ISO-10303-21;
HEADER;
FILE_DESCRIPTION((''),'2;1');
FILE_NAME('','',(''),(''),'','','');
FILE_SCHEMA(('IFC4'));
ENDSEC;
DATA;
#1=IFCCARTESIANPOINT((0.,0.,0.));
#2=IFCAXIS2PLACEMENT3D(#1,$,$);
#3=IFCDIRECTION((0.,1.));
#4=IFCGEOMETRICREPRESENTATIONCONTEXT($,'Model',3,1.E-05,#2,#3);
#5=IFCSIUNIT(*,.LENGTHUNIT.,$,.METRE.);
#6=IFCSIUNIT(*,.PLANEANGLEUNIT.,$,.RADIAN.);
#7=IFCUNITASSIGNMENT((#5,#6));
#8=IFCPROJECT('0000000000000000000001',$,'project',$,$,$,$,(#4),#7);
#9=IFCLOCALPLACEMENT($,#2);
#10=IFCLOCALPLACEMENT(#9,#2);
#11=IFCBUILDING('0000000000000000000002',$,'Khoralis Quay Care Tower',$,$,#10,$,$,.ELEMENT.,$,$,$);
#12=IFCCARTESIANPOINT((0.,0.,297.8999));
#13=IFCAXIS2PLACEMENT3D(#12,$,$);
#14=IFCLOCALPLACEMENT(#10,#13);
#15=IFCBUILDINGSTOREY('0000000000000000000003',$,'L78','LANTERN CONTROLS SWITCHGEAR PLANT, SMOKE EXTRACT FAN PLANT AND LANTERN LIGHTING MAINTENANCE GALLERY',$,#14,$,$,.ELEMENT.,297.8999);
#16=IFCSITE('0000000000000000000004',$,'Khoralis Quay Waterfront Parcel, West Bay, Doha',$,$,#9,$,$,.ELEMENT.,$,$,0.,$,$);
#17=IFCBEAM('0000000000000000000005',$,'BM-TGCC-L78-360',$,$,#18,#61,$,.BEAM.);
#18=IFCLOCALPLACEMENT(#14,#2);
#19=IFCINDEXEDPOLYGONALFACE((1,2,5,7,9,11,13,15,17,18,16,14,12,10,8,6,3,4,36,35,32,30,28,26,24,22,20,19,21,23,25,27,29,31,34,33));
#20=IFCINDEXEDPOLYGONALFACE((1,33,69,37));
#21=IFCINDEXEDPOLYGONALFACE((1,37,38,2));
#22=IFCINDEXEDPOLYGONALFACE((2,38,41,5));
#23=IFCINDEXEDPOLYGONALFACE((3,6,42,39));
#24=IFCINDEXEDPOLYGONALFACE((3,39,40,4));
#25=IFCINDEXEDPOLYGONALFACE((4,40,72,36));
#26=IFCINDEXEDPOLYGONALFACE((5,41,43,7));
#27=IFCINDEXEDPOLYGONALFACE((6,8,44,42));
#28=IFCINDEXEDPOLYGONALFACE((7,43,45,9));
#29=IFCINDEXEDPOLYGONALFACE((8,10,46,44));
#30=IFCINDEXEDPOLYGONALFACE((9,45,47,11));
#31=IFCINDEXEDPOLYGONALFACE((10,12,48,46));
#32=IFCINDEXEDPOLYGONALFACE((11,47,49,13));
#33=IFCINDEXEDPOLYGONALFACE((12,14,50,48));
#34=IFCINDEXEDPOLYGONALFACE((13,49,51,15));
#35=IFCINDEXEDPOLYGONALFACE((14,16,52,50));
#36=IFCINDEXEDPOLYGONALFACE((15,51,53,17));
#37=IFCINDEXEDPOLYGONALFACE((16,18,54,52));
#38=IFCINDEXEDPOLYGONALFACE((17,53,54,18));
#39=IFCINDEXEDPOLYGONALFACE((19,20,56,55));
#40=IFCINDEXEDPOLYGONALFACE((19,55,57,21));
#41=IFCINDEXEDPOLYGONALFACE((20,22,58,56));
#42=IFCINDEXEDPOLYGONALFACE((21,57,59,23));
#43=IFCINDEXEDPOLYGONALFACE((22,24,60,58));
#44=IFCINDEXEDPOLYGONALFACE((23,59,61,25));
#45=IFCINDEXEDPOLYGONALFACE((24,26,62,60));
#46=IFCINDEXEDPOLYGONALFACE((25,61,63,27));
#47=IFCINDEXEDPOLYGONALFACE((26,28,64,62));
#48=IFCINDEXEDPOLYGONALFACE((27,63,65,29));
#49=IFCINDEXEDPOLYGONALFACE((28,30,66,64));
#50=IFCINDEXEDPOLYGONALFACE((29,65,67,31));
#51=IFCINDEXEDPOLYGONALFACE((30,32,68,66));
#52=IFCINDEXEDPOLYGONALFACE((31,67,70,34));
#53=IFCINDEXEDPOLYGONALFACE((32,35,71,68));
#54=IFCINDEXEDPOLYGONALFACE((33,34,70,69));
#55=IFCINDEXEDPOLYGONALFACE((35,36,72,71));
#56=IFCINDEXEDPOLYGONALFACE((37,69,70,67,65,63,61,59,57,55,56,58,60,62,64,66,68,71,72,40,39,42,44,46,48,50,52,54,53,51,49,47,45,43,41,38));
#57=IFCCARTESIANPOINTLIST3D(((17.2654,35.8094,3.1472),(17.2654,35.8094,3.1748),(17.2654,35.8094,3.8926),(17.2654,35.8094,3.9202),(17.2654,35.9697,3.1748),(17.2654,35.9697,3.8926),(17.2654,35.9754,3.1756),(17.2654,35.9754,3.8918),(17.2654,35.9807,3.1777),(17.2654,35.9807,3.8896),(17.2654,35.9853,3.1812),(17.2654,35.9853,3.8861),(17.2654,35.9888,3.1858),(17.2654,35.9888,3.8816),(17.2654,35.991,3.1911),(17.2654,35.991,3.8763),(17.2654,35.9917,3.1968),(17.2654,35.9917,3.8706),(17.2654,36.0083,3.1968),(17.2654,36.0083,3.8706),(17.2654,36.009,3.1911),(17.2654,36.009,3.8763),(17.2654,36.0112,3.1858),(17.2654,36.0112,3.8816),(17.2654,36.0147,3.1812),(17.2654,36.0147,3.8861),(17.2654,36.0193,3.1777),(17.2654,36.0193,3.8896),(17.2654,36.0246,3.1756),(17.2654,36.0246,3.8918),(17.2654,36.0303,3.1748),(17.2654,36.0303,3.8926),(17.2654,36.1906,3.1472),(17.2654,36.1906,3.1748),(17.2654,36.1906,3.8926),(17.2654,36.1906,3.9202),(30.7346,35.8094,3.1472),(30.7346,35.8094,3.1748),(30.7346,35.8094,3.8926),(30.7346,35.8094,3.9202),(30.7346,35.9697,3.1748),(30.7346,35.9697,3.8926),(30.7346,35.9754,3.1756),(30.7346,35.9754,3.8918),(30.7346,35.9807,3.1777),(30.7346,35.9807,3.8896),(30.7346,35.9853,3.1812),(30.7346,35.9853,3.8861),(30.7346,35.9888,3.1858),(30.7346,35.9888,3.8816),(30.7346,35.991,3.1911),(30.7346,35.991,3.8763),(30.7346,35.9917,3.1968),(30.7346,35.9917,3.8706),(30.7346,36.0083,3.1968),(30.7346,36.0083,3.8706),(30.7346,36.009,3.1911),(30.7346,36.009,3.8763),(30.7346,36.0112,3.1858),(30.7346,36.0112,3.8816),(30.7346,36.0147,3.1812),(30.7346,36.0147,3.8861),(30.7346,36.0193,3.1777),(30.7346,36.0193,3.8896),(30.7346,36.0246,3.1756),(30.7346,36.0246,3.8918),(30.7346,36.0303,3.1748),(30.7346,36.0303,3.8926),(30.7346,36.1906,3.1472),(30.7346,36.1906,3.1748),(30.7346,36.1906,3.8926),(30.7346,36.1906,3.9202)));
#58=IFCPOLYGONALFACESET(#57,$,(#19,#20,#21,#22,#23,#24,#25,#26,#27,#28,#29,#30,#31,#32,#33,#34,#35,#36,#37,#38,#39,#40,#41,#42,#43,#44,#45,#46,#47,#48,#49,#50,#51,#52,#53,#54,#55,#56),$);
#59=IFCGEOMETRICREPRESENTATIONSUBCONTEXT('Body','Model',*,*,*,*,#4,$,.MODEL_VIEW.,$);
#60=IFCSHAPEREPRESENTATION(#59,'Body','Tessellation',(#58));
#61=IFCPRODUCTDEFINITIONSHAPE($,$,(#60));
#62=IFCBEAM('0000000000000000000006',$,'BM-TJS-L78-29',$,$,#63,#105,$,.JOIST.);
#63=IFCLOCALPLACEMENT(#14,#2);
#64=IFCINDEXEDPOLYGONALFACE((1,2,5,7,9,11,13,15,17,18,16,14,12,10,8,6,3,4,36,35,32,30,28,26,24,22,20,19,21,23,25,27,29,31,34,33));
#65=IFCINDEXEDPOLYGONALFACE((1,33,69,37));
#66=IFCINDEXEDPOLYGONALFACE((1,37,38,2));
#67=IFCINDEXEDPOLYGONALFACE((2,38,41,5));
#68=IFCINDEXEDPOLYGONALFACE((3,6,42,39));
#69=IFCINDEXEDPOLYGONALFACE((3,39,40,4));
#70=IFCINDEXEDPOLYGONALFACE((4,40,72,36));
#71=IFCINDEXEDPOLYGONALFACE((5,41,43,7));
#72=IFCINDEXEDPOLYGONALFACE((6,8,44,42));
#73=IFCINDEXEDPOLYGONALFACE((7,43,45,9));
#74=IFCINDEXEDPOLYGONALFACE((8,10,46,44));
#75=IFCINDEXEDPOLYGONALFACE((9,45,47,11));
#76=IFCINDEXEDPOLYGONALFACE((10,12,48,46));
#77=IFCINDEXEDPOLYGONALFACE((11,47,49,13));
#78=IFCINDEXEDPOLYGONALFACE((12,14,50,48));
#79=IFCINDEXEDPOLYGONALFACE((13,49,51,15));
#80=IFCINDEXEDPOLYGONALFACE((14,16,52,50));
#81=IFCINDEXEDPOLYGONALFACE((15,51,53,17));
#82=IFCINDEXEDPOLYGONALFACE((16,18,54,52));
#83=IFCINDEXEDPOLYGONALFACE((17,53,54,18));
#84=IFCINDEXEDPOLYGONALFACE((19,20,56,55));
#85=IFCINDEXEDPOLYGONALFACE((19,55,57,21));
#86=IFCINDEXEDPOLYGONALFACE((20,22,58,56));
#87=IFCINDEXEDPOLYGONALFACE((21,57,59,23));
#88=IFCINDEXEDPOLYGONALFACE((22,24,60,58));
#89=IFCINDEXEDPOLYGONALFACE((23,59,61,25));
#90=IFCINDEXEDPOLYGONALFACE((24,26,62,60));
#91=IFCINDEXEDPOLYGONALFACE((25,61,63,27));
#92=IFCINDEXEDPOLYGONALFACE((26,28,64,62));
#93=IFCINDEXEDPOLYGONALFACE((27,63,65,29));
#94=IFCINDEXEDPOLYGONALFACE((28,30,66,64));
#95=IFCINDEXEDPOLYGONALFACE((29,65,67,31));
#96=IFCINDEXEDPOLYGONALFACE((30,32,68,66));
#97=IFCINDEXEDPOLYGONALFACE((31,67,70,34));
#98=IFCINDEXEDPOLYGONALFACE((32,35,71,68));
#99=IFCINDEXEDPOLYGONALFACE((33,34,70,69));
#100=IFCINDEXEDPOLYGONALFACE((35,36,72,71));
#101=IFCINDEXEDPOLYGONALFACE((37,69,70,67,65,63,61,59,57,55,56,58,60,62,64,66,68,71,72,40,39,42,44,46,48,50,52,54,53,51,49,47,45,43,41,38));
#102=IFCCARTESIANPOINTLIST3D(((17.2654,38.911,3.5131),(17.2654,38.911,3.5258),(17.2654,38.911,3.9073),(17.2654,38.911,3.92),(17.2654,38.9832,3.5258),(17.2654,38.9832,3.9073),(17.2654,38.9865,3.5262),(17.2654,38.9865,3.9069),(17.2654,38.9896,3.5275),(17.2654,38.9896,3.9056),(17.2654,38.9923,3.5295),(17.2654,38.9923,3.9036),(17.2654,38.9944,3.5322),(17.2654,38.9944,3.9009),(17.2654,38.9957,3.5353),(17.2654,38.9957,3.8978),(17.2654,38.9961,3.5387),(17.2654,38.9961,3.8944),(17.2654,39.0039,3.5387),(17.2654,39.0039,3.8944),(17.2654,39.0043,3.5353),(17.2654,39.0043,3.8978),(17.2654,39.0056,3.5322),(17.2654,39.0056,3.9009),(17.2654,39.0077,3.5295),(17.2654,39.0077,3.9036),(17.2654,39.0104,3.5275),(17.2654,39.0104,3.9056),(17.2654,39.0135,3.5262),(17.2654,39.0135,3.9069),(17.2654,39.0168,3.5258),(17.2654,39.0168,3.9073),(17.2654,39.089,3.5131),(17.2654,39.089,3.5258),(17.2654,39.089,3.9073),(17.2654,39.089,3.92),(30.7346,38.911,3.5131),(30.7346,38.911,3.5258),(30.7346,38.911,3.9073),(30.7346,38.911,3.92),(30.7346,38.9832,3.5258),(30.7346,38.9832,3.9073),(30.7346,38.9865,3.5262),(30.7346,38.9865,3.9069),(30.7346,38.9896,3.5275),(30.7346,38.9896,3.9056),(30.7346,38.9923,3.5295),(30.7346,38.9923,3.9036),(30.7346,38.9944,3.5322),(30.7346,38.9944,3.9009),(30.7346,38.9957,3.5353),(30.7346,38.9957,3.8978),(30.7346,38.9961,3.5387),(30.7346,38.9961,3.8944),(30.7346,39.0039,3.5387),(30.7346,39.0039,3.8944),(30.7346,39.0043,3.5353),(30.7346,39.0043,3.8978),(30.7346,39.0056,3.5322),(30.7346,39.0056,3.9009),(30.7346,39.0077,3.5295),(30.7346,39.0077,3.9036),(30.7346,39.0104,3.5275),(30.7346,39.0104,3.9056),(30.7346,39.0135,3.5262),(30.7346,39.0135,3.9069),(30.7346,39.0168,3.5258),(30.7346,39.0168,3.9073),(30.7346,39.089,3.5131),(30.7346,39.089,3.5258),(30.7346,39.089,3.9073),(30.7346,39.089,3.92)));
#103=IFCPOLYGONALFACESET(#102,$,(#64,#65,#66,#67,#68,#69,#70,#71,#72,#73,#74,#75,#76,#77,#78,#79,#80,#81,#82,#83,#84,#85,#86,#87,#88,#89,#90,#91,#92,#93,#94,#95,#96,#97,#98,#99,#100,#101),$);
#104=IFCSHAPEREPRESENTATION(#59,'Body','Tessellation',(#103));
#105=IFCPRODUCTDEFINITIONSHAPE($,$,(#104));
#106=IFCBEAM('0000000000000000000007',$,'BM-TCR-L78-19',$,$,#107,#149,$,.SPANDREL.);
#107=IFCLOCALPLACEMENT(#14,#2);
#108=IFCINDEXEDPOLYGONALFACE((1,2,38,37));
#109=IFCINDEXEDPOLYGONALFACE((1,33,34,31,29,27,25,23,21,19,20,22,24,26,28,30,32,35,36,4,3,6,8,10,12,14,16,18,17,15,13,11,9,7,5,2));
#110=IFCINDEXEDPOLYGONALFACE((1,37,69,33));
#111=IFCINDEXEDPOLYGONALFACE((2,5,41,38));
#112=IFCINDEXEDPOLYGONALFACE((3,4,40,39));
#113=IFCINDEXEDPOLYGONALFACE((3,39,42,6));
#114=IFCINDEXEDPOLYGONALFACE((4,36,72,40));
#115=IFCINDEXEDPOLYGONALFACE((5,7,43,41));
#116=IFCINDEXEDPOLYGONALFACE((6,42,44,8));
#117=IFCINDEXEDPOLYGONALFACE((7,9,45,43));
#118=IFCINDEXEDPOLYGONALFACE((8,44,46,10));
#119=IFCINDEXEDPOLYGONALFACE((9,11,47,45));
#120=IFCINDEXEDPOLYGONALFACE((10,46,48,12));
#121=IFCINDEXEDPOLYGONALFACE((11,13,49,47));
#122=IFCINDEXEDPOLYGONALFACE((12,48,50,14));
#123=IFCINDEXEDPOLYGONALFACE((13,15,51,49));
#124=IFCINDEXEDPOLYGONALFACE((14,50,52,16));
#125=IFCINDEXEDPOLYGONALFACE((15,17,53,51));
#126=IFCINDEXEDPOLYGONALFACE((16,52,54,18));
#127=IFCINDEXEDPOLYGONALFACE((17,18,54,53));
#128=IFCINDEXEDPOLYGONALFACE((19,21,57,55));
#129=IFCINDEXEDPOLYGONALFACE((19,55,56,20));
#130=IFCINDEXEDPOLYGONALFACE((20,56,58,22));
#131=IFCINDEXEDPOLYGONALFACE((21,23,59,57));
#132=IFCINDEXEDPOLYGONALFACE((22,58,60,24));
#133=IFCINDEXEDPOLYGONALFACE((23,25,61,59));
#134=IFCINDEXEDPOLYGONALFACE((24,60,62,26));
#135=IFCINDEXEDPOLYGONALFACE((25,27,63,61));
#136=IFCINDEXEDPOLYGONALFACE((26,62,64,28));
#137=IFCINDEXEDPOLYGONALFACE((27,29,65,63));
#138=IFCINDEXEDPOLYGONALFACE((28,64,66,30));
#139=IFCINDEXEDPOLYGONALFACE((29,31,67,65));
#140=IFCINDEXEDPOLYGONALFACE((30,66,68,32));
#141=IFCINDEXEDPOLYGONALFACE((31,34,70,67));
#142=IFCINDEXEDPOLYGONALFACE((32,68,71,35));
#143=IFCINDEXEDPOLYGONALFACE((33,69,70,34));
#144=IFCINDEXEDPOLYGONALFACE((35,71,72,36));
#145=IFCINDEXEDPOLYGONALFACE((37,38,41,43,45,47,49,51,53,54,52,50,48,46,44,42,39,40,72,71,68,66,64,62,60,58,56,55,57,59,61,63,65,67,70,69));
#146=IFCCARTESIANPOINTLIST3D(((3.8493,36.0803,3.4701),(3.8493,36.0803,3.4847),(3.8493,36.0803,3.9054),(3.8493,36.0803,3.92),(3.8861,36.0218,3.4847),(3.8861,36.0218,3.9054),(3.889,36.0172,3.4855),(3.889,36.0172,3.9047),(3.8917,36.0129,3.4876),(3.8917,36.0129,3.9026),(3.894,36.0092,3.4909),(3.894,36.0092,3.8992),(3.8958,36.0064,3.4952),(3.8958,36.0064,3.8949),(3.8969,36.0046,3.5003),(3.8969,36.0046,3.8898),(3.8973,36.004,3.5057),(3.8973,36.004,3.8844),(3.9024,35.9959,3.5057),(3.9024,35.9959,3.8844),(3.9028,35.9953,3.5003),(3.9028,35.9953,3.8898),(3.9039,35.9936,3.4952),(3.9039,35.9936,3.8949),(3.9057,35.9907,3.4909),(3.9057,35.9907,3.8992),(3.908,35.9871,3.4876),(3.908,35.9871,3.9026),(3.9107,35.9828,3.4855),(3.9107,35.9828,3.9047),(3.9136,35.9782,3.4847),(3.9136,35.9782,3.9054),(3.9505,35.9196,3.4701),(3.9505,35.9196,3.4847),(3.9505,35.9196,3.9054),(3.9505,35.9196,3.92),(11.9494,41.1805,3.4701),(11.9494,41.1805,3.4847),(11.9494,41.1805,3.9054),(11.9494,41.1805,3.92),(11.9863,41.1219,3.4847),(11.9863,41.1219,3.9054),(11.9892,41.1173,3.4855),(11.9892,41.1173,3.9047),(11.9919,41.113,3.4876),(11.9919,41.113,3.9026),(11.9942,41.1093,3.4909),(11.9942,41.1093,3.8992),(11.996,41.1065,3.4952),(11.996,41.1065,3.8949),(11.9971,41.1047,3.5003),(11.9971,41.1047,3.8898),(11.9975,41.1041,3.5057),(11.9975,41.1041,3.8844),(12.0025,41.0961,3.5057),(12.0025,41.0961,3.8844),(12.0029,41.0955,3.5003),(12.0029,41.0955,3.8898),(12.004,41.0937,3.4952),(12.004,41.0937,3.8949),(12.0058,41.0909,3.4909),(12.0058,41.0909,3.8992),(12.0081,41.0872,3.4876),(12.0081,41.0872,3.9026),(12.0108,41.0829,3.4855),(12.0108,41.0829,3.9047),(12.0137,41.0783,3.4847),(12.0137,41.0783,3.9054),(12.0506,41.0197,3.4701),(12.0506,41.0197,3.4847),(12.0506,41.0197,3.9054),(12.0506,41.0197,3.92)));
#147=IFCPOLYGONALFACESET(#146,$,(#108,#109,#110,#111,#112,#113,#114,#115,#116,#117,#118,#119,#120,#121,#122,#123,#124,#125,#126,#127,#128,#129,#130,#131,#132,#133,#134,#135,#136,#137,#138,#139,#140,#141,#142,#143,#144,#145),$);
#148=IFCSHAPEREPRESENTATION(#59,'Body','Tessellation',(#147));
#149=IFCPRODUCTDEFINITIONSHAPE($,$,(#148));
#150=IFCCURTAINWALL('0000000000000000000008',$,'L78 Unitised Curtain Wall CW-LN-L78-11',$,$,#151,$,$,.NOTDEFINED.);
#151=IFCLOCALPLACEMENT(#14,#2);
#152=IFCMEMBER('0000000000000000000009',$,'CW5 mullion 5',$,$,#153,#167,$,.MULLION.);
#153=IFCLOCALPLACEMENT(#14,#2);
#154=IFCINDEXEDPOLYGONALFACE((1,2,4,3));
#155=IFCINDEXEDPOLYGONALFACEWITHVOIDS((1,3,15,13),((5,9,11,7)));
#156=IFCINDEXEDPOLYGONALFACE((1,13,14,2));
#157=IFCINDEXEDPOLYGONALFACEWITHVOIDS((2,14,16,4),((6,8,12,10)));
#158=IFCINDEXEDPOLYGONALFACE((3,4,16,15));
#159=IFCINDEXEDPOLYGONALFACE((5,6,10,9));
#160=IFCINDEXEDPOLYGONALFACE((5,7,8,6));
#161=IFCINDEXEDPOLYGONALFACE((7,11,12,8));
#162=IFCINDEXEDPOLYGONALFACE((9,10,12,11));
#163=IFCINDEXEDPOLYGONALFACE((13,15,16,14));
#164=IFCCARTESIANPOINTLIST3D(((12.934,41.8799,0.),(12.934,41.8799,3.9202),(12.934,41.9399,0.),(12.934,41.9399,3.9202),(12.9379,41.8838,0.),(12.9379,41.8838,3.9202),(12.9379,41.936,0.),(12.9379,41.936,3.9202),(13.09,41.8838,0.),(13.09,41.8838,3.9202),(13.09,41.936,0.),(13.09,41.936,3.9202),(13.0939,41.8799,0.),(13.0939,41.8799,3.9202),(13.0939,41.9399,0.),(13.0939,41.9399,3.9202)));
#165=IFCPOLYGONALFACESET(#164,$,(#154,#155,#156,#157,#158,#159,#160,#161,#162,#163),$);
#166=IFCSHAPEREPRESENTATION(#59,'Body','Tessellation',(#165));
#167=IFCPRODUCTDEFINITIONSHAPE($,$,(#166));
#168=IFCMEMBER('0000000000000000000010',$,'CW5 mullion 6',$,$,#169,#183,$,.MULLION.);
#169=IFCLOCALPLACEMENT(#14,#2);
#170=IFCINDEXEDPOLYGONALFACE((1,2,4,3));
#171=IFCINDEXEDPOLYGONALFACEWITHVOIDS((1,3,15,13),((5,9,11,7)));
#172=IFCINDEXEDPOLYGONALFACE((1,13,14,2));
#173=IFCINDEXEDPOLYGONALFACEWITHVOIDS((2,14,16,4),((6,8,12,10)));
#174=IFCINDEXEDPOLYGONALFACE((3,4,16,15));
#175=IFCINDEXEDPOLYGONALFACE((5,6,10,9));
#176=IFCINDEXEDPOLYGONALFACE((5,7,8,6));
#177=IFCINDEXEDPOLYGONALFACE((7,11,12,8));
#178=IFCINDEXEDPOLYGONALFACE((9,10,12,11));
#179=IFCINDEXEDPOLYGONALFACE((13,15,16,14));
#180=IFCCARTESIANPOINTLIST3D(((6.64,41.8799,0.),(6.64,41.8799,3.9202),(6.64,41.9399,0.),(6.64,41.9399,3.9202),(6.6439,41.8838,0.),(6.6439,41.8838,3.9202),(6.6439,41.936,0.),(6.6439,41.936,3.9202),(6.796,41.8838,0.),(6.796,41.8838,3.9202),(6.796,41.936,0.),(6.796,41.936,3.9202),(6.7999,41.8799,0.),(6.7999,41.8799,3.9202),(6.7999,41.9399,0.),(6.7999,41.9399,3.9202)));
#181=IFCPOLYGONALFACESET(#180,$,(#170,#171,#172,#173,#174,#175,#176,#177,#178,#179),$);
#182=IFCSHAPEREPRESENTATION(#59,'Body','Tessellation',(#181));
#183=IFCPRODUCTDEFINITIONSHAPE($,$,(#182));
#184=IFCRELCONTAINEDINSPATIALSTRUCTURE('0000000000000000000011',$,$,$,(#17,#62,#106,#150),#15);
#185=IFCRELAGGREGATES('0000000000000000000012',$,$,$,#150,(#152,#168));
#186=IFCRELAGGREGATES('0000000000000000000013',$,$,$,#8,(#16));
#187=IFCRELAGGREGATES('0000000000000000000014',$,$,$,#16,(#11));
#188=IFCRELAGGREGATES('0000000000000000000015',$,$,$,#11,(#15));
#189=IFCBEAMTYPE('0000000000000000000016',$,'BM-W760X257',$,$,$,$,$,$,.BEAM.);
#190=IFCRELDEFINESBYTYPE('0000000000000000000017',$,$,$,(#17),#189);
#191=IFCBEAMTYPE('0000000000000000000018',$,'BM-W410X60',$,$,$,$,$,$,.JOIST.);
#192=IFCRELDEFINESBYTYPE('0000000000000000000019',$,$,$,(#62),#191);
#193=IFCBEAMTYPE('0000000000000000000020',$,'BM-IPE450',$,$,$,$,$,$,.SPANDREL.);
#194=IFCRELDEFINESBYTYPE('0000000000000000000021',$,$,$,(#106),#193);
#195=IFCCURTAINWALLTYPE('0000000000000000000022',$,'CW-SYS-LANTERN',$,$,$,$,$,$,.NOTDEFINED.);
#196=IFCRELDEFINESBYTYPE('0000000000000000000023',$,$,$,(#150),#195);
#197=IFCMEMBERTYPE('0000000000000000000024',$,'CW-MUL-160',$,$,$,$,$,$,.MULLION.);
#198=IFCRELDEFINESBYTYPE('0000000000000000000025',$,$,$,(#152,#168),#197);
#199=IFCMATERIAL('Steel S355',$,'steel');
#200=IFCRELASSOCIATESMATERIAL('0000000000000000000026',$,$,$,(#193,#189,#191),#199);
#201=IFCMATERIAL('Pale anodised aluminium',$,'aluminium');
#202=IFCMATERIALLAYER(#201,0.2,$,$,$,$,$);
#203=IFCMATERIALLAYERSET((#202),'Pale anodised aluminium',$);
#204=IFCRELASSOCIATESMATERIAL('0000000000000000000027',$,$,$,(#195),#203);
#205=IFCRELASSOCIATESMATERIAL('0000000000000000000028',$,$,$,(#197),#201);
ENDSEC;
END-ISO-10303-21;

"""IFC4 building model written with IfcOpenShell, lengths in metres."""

from ifc_helpers import new_model, si_unit, direction, frame, origin, origin_2d, place, context, subcontext, project, spatial, hollow_rectangle, i_section, extrude, source, transform, mapped, material, layer, layer_set, material_profile, profile_set, type_object, element, aggregate, save


model = new_model("IFC4")

# Units and contexts
model_context = context("Model", 3, precision=1e-05, world=origin(), true_north=direction((0.0, 1.0)))
body_context = subcontext(model_context, "Body", "Model", "MODEL_VIEW")
ifc_project = project(units=[si_unit("LENGTHUNIT", "METRE"), si_unit("PLANEANGLEUNIT", "RADIAN")], contexts=[model_context])

# Site, building, storey
site_placement = place(None, origin())
site = spatial("IfcSite", under=ifc_project, at=site_placement, Name="Khoralis Quay Waterfront Parcel, West Bay, Doha", CompositionType="ELEMENT", RefElevation=0.0)
building_placement = place(site_placement, origin())
building = spatial("IfcBuilding", under=site, at=building_placement, Name="Khoralis Quay Care Tower", CompositionType="ELEMENT")
storey_placement = place(building_placement, frame((0.0, 0.0, 297.8999)))
storey = spatial("IfcBuildingStorey", under=building, at=storey_placement, Name="L78", Description="LANTERN CONTROLS SWITCHGEAR PLANT, SMOKE EXTRACT FAN PLANT AND LANTERN LIGHTING MAINTENANCE GALLERY", CompositionType="ELEMENT", Elevation=297.8999)

# Shared definitions
ifc_material_1 = material(Name="Steel S355", Category="steel")

# Beams
ifc_material_profile_1 = material_profile(ifc_material_1, i_section(OverallWidth=0.1899, OverallDepth=0.45, WebThickness=0.0095, FlangeThickness=0.0146, FilletRadius=0.021, at=origin_2d()), Name="Steel S355")
ifc_profile_set_1 = profile_set([ifc_material_profile_1], Name="Steel S355")
beam_type_1 = type_object("IfcBeamType", Name="BM-IPE450", PredefinedType="SPANDREL", material=ifc_profile_set_1)
ifc_material_profile_2 = material_profile(ifc_material_1, i_section(OverallWidth=0.3811, OverallDepth=0.7729, WebThickness=0.0166, FlangeThickness=0.0276, FilletRadius=0.022, at=origin_2d()), Name="Steel S355")
ifc_profile_set_2 = profile_set([ifc_material_profile_2], Name="Steel S355")
beam_type_2 = type_object("IfcBeamType", Name="BM-W760X257", PredefinedType="BEAM", material=ifc_profile_set_2)
shared_shape_1 = source(origin(), body_context, "Body", "SweptSolid", [
    extrude(i_section(OverallWidth=0.3811, OverallDepth=0.7729, WebThickness=0.0166, FlangeThickness=0.0276, FilletRadius=0.022, at=origin_2d()), origin(), (0.0, 0.0, 1.0), 13.4692),
])
beam_1_placement = place(storey_placement, frame((17.2654, 36.0, 3.5337), z_axis=(1.0, 0.0, 0.0), x_axis=(0.0, 1.0, 0.0)))
element("IfcBeam", 1, at=beam_1_placement, inside=storey, type_object=beam_type_2, Name="BM-TGCC-L78-360", PredefinedType="BEAM", context=body_context, shape_type="MappedRepresentation", body=[
    mapped(shared_shape_1, transform((0.0, 0.0, 0.0), scale=1.0)),
])
ifc_material_profile_3 = material_profile(ifc_material_1, i_section(OverallWidth=0.178, OverallDepth=0.407, WebThickness=0.0078, FlangeThickness=0.0127, FilletRadius=0.0129, at=origin_2d()), Name="Steel S355")
ifc_profile_set_3 = profile_set([ifc_material_profile_3], Name="Steel S355")
beam_type_3 = type_object("IfcBeamType", Name="BM-W410X60", PredefinedType="JOIST", material=ifc_profile_set_3)
shared_shape_2 = source(origin(), body_context, "Body", "SweptSolid", [
    extrude(i_section(OverallWidth=0.178, OverallDepth=0.407, WebThickness=0.0078, FlangeThickness=0.0127, FilletRadius=0.0129, at=origin_2d()), origin(), (0.0, 0.0, 1.0), 13.4692),
])
beam_2_placement = place(storey_placement, frame((17.2654, 39.0, 3.7166), z_axis=(1.0, 0.0, 0.0), x_axis=(0.0, 1.0, 0.0)))
element("IfcBeam", 2, at=beam_2_placement, inside=storey, type_object=beam_type_3, Name="BM-TJS-L78-29", PredefinedType="JOIST", context=body_context, shape_type="MappedRepresentation", body=[
    mapped(shared_shape_2, transform((0.0, 0.0, 0.0), scale=1.0)),
])
shared_shape_3 = source(origin(), body_context, "Body", "SweptSolid", [
    extrude(i_section(OverallWidth=0.1899, OverallDepth=0.45, WebThickness=0.0095, FlangeThickness=0.0146, FilletRadius=0.021, at=origin_2d()), origin(), (0.0, 0.0, 1.0), 9.572),
])
beam_3_placement = place(storey_placement, frame((12.0, 41.1001, 3.6951), z_axis=(-0.846231, -0.532816, 0.0), x_axis=(0.532816, -0.846231, 0.0)))
element("IfcBeam", 3, at=beam_3_placement, inside=storey, type_object=beam_type_1, Name="BM-TCR-L78-19", PredefinedType="SPANDREL", context=body_context, shape_type="MappedRepresentation", body=[
    mapped(shared_shape_3, transform((0.0, 0.0, 0.0), scale=1.0)),
])

# Curtain wall, members
ifc_material_2 = material(Name="Pale anodised aluminium", Category="aluminium")
ifc_layer_1 = layer(ifc_material_2, 0.2)
ifc_layer_set_1 = layer_set([ifc_layer_1], Name="Pale anodised aluminium")
curtain_wall_type = type_object("IfcCurtainWallType", Name="CW-SYS-LANTERN", PredefinedType="NOTDEFINED", material=ifc_layer_set_1)
curtain_wall_1_placement = place(storey_placement, origin())
curtain_wall_1 = element("IfcCurtainWall", 4, at=curtain_wall_1_placement, inside=storey, type_object=curtain_wall_type, Name="L78 Unitised Curtain Wall CW-LN-L78-11", PredefinedType="NOTDEFINED")
ifc_material_profile_4 = material_profile(ifc_material_2, hollow_rectangle(XDim=0.0601, YDim=0.1599, WallThickness=0.0039, at=origin_2d()), Name="Pale anodised aluminium")
ifc_profile_set_4 = profile_set([ifc_material_profile_4], Name="Pale anodised aluminium")
member_type_1 = type_object("IfcMemberType", Name="CW-MUL-160", PredefinedType="MULLION", material=ifc_profile_set_4)
shared_shape_4 = source(origin(), body_context, "Body", "SweptSolid", [
    extrude(hollow_rectangle(XDim=0.0601, YDim=0.1599, WallThickness=0.0039, at=origin_2d()), origin(), (0.0, 0.0, 1.0), 3.9202),
])
member_1_placement = place(storey_placement, frame((13.0139, 41.9099, 0.0), z_axis=(0.0, 0.0, 1.0), x_axis=(0.0, -1.0, 0.0)))
member_1 = element("IfcMember", 5, at=member_1_placement, type_object=member_type_1, Name="CW5 mullion 5", PredefinedType="MULLION", context=body_context, shape_type="MappedRepresentation", body=[
    mapped(shared_shape_4, transform((0.0, 0.0, 0.0), scale=1.0)),
])
member_2_placement = place(storey_placement, frame((6.72, 41.9099, 0.0), z_axis=(0.0, 0.0, 1.0), x_axis=(0.0, -1.0, 0.0)))
member_2 = element("IfcMember", 6, at=member_2_placement, type_object=member_type_1, Name="CW5 mullion 6", PredefinedType="MULLION", context=body_context, shape_type="MappedRepresentation", body=[
    mapped(shared_shape_4, transform((0.0, 0.0, 0.0), scale=1.0)),
])

aggregate(curtain_wall_1, [member_1, member_2])

save(model, "model.ifc")
